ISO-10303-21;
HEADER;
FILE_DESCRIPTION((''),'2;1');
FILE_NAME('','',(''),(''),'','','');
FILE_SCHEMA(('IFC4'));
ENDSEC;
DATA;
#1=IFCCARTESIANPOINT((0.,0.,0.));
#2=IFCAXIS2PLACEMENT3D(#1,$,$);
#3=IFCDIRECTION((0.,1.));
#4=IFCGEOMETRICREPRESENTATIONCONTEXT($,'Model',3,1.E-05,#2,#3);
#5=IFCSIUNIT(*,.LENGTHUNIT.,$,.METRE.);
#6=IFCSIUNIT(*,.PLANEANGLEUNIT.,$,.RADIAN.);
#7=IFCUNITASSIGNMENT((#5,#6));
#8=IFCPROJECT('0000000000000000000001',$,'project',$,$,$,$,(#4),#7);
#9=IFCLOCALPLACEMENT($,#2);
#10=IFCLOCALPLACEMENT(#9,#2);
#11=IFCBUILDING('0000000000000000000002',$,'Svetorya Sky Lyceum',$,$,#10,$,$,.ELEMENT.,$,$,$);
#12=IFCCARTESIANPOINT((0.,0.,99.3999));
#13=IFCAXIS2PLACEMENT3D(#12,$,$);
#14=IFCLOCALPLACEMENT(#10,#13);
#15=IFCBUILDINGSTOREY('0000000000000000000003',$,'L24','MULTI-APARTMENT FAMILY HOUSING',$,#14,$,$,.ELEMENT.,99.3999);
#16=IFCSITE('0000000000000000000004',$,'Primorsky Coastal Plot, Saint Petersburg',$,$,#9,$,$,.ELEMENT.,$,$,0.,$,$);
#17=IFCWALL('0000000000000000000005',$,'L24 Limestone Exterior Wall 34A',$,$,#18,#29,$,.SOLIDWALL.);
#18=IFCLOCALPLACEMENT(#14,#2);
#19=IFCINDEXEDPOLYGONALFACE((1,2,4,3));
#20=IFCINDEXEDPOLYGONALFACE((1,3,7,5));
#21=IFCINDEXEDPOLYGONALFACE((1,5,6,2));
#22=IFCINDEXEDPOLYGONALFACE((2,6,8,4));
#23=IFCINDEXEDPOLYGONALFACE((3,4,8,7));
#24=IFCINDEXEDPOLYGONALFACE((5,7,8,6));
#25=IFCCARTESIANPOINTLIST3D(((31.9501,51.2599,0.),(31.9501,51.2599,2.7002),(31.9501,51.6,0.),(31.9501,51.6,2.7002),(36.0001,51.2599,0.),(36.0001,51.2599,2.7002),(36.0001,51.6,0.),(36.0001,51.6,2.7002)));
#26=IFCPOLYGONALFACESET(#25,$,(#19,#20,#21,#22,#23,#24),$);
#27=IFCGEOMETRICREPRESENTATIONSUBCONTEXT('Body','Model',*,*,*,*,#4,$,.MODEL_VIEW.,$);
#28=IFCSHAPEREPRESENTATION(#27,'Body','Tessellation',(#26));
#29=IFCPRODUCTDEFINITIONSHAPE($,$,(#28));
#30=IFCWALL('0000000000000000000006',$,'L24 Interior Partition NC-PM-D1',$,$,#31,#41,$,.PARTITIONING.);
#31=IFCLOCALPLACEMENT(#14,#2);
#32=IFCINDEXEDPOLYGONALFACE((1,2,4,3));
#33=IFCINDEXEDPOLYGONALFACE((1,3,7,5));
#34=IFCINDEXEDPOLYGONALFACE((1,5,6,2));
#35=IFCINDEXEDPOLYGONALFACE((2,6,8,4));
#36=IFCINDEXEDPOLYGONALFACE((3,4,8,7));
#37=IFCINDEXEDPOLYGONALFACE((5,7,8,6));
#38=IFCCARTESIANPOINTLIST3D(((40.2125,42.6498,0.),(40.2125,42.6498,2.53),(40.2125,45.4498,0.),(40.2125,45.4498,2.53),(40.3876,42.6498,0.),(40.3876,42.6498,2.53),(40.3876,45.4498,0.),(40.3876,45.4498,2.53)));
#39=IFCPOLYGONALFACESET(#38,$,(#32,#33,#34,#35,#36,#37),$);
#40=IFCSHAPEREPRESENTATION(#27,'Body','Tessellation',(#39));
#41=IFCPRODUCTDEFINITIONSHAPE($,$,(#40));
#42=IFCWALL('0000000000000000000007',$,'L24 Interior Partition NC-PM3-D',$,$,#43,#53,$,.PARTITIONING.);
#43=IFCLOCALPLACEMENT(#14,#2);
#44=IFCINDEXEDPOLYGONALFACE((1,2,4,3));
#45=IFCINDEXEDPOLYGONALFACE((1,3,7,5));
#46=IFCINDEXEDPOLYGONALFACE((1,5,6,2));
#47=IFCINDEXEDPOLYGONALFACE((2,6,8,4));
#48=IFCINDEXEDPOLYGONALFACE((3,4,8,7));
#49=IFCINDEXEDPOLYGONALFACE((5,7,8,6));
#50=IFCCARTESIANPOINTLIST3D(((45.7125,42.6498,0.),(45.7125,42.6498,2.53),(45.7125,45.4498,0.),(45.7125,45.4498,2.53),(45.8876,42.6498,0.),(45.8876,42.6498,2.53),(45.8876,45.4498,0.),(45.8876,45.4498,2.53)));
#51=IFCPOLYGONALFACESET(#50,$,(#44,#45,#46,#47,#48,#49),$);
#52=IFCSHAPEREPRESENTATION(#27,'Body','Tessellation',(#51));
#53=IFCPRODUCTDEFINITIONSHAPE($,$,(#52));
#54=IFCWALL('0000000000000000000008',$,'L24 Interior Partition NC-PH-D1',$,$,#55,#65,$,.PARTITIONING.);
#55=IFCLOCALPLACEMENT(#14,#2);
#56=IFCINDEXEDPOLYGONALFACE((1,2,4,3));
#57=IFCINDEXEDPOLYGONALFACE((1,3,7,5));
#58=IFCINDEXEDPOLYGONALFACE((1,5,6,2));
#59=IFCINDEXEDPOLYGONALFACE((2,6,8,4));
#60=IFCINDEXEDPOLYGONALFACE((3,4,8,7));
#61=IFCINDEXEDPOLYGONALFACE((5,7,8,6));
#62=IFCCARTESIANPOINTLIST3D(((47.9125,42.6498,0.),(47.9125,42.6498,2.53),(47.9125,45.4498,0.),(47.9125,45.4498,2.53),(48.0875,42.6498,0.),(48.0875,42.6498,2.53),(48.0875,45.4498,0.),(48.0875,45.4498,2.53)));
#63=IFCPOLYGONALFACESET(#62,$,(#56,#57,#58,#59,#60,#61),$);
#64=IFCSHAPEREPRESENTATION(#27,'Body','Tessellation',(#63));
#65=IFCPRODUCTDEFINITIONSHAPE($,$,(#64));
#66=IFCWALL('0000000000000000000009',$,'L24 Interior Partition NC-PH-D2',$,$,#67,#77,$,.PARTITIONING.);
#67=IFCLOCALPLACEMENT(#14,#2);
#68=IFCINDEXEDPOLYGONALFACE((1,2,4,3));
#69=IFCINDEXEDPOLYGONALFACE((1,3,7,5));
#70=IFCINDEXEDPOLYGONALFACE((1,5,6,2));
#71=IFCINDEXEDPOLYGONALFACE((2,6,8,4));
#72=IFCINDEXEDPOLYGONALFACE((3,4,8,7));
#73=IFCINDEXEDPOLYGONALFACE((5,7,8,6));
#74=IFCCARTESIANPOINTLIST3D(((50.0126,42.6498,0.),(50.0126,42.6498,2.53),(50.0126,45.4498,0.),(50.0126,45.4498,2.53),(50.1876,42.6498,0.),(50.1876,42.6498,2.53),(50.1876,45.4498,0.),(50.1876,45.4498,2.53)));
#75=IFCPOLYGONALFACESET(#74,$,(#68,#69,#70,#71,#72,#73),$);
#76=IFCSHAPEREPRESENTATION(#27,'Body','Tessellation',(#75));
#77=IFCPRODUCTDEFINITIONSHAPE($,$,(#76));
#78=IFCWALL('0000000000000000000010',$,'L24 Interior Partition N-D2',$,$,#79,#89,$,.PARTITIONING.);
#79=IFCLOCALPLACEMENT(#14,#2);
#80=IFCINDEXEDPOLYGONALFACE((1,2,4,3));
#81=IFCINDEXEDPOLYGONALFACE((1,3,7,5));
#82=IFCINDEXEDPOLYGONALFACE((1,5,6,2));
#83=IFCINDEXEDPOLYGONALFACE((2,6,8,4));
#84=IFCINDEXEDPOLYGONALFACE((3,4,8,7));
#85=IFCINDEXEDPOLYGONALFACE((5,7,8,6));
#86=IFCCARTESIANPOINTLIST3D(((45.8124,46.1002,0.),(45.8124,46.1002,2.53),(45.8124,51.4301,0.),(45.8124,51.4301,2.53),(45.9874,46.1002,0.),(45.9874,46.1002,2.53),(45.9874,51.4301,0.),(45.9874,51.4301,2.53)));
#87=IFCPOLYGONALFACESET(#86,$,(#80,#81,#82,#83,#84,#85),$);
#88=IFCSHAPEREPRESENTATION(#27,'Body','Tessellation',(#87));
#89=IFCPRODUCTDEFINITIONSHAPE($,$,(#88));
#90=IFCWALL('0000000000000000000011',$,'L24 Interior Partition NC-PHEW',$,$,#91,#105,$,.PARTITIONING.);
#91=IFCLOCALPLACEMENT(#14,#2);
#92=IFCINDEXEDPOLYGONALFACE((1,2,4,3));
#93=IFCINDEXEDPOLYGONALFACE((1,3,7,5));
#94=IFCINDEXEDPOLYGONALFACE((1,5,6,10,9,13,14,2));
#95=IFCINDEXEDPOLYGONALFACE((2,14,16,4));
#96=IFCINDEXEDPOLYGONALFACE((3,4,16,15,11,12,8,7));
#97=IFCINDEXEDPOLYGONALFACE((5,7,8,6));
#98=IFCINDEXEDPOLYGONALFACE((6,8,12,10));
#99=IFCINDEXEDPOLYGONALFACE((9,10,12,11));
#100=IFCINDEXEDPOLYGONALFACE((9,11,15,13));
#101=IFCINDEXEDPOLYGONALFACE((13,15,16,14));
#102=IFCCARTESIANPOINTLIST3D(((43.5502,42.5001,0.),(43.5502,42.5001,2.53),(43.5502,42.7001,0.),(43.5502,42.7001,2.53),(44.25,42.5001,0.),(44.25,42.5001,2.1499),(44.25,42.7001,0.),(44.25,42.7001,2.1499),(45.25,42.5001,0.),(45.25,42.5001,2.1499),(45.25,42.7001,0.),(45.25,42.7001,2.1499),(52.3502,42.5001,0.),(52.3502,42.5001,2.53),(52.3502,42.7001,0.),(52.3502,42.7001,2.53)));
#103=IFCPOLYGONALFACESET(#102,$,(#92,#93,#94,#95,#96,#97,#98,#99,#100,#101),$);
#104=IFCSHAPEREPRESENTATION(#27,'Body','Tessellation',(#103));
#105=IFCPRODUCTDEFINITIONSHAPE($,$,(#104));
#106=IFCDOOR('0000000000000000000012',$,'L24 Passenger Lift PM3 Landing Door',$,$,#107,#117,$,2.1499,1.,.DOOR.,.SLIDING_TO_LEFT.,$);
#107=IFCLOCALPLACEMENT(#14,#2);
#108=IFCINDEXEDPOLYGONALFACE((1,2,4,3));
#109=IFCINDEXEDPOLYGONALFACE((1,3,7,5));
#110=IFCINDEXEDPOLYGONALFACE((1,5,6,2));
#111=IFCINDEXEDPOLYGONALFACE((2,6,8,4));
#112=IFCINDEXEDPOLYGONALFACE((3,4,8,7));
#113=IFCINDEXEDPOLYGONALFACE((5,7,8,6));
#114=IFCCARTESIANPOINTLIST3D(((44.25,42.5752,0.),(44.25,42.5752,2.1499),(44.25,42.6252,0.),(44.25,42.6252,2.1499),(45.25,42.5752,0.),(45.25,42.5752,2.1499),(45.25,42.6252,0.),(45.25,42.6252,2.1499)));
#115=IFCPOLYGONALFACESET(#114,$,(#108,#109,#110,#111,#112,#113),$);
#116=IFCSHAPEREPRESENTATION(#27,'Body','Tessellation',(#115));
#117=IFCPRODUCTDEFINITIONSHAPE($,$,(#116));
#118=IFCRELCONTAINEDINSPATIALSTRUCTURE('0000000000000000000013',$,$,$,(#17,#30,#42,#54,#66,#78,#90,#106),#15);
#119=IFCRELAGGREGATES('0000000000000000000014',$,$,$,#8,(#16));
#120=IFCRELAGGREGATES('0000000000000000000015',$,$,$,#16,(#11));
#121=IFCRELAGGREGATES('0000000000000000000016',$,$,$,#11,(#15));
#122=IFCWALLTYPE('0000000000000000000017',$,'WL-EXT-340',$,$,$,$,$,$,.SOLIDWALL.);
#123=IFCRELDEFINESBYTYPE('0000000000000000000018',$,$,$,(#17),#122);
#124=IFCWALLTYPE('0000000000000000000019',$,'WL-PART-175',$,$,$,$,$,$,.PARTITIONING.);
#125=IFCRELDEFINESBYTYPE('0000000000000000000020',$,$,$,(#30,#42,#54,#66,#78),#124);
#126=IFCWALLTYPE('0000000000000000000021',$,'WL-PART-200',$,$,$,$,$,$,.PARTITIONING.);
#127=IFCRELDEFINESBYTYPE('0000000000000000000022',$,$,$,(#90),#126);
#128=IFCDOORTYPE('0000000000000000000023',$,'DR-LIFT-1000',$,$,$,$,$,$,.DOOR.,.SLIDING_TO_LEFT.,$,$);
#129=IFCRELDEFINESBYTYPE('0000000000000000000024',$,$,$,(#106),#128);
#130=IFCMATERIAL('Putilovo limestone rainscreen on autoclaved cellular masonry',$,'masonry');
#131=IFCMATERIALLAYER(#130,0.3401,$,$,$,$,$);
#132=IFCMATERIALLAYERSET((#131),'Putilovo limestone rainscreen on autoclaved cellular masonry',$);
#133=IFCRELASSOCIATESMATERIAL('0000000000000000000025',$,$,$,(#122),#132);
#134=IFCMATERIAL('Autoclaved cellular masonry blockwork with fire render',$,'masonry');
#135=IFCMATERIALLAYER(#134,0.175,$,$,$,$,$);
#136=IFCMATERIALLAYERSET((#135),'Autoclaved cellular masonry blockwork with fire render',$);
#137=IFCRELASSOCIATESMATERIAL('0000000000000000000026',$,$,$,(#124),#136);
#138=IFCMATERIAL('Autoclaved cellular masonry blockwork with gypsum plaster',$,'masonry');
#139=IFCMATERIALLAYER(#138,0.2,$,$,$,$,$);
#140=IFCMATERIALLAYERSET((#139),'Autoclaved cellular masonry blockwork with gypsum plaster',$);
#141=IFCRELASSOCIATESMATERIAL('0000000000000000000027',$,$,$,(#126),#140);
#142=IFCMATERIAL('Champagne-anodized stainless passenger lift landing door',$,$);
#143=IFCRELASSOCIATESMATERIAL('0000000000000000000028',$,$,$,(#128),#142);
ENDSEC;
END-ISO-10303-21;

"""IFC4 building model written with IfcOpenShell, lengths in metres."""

from ifc_helpers import new_model, si_unit, direction, frame, frame_2d, origin, place, context, subcontext, project, spatial, rectangle, extrude, material, layer, layer_set, type_object, element, fill, save


model = new_model("IFC4")

# Units and contexts
model_context = context("Model", 3, precision=1e-05, world=origin(), true_north=direction((0.0, 1.0)))
body_context = subcontext(model_context, "Body", "Model", "MODEL_VIEW")
ifc_project = project(units=[si_unit("LENGTHUNIT", "METRE"), si_unit("PLANEANGLEUNIT", "RADIAN")], contexts=[model_context])

# Site, building, storey
site_placement = place(None, origin())
site = spatial("IfcSite", under=ifc_project, at=site_placement, Name="Primorsky Coastal Plot, Saint Petersburg", CompositionType="ELEMENT", RefElevation=0.0)
building_placement = place(site_placement, origin())
building = spatial("IfcBuilding", under=site, at=building_placement, Name="Svetorya Sky Lyceum", CompositionType="ELEMENT")
storey_placement = place(building_placement, frame((0.0, 0.0, 99.3999)))
storey = spatial("IfcBuildingStorey", under=building, at=storey_placement, Name="L24", Description="MULTI-APARTMENT FAMILY HOUSING", CompositionType="ELEMENT", Elevation=99.3999)

# Walls
ifc_material_1 = material(Name="Putilovo limestone rainscreen on autoclaved cellular masonry", Category="masonry")
ifc_layer_1 = layer(ifc_material_1, 0.3401)
ifc_layer_set_1 = layer_set([ifc_layer_1], Name="Putilovo limestone rainscreen on autoclaved cellular masonry")
wall_type_1 = type_object("IfcWallType", Name="WL-EXT-340", PredefinedType="SOLIDWALL", material=ifc_layer_set_1)
wall_1_placement = place(storey_placement, frame((36.0, 51.4299, 0.0), z_axis=(0.0, 0.0, 1.0), x_axis=(-1.0, 0.0, 0.0)))
element("IfcWall", 1, at=wall_1_placement, inside=storey, type_object=wall_type_1, Name="L24 Limestone Exterior Wall 34A", PredefinedType="SOLIDWALL", context=body_context, shape_type="SweptSolid", body=[
    extrude(rectangle(XDim=4.05, YDim=0.3401, at=frame_2d((2.0249, 0.0))), origin(), (0.0, 0.0, 1.0), 2.7002),
])
ifc_material_2 = material(Name="Autoclaved cellular masonry blockwork with fire render", Category="masonry")
ifc_layer_2 = layer(ifc_material_2, 0.175)
ifc_layer_set_2 = layer_set([ifc_layer_2], Name="Autoclaved cellular masonry blockwork with fire render")
wall_type_2 = type_object("IfcWallType", Name="WL-PART-175", PredefinedType="PARTITIONING", material=ifc_layer_set_2)
for number, where, z_axis, x_axis, name in (
    (2, (40.3, 42.6499, 0.0), (0.0, 0.0, 1.0), (0.0, 1.0, 0.0), "L24 Interior Partition NC-PM-D1"),
    (3, (45.8, 42.6499, 0.0), (0.0, 0.0, 1.0), (0.0, 1.0, 0.0), "L24 Interior Partition NC-PM3-D"),
    (4, (48.0, 42.6499, 0.0), (0.0, 0.0, 1.0), (0.0, 1.0, 0.0), "L24 Interior Partition NC-PH-D1"),
    (5, (50.1001, 42.6499, 0.0), (0.0, 0.0, 1.0), (0.0, 1.0, 0.0), "L24 Interior Partition NC-PH-D2"),
):
    element("IfcWall", number, at=place(storey_placement, frame(where, z_axis=z_axis, x_axis=x_axis)), inside=storey, type_object=wall_type_2, Name=name, PredefinedType="PARTITIONING", context=body_context, shape_type="SweptSolid", body=[
        extrude(rectangle(XDim=2.8, YDim=0.175, at=frame_2d((1.3999, 0.0))), origin(), (0.0, 0.0, 1.0), 2.53),
    ])
wall_2_placement = place(storey_placement, frame((45.8999, 46.1001, 0.0), z_axis=(0.0, 0.0, 1.0), x_axis=(0.0, 1.0, 0.0)))
element("IfcWall", 6, at=wall_2_placement, inside=storey, type_object=wall_type_2, Name="L24 Interior Partition N-D2", PredefinedType="PARTITIONING", context=body_context, shape_type="SweptSolid", body=[
    extrude(rectangle(XDim=5.3298, YDim=0.175, at=frame_2d((2.665, 0.0))), origin(), (0.0, 0.0, 1.0), 2.53),
])

# Wall, opening, door
ifc_material_3 = material(Name="Autoclaved cellular masonry blockwork with gypsum plaster", Category="masonry")
ifc_layer_3 = layer(ifc_material_3, 0.2)
ifc_layer_set_3 = layer_set([ifc_layer_3], Name="Autoclaved cellular masonry blockwork with gypsum plaster")
wall_type_3 = type_object("IfcWallType", Name="WL-PART-200", PredefinedType="PARTITIONING", material=ifc_layer_set_3)
wall_3_placement = place(storey_placement, frame((52.3501, 42.6001, 0.0), z_axis=(0.0, 0.0, 1.0), x_axis=(-1.0, 0.0, 0.0)))
wall_3 = element("IfcWall", 7, at=wall_3_placement, inside=storey, type_object=wall_type_3, Name="L24 Interior Partition NC-PHEW", PredefinedType="PARTITIONING", context=body_context, shape_type="SweptSolid", body=[
    extrude(rectangle(XDim=8.8, YDim=0.2, at=frame_2d((4.3999, 0.0))), origin(), (0.0, 0.0, 1.0), 2.53),
])
opening_placement = place(wall_3_placement, frame((7.1001, 0.0, 0.0)))
opening = element("IfcOpeningElement", 8, at=opening_placement, cuts=wall_3, PredefinedType="OPENING", context=body_context, shape_type="SweptSolid", body=[
    extrude(rectangle(XDim=1.0, YDim=2.1499, at=frame_2d((0.5, 1.075))), frame((0.0, 0.1099, 0.0), z_axis=(0.0, -1.0, 0.0), x_axis=(1.0, 0.0, 0.0)), (0.0, 0.0, 1.0), 0.22),
])
ifc_material_4 = material(Name="Champagne-anodized stainless passenger lift landing door")
door_type = type_object("IfcDoorType", Name="DR-LIFT-1000", OperationType="SLIDING_TO_LEFT", PredefinedType="DOOR", material=ifc_material_4)
door_placement = place(opening_placement, origin())
door = element("IfcDoor", 9, at=door_placement, inside=storey, type_object=door_type, Name="L24 Passenger Lift PM3 Landing Door", OperationType="SLIDING_TO_LEFT", OverallHeight=2.1499, OverallWidth=1.0, PredefinedType="DOOR", context=body_context, shape_type="SweptSolid", body=[
    extrude(rectangle(XDim=1.0, YDim=2.1499, at=frame_2d((0.5, 1.075))), frame((0.0, 0.0249, 0.0), z_axis=(0.0, -1.0, 0.0), x_axis=(1.0, 0.0, 0.0)), (0.0, 0.0, 1.0), 0.05),
])
fill(opening, door)

save(model, "model.ifc")
